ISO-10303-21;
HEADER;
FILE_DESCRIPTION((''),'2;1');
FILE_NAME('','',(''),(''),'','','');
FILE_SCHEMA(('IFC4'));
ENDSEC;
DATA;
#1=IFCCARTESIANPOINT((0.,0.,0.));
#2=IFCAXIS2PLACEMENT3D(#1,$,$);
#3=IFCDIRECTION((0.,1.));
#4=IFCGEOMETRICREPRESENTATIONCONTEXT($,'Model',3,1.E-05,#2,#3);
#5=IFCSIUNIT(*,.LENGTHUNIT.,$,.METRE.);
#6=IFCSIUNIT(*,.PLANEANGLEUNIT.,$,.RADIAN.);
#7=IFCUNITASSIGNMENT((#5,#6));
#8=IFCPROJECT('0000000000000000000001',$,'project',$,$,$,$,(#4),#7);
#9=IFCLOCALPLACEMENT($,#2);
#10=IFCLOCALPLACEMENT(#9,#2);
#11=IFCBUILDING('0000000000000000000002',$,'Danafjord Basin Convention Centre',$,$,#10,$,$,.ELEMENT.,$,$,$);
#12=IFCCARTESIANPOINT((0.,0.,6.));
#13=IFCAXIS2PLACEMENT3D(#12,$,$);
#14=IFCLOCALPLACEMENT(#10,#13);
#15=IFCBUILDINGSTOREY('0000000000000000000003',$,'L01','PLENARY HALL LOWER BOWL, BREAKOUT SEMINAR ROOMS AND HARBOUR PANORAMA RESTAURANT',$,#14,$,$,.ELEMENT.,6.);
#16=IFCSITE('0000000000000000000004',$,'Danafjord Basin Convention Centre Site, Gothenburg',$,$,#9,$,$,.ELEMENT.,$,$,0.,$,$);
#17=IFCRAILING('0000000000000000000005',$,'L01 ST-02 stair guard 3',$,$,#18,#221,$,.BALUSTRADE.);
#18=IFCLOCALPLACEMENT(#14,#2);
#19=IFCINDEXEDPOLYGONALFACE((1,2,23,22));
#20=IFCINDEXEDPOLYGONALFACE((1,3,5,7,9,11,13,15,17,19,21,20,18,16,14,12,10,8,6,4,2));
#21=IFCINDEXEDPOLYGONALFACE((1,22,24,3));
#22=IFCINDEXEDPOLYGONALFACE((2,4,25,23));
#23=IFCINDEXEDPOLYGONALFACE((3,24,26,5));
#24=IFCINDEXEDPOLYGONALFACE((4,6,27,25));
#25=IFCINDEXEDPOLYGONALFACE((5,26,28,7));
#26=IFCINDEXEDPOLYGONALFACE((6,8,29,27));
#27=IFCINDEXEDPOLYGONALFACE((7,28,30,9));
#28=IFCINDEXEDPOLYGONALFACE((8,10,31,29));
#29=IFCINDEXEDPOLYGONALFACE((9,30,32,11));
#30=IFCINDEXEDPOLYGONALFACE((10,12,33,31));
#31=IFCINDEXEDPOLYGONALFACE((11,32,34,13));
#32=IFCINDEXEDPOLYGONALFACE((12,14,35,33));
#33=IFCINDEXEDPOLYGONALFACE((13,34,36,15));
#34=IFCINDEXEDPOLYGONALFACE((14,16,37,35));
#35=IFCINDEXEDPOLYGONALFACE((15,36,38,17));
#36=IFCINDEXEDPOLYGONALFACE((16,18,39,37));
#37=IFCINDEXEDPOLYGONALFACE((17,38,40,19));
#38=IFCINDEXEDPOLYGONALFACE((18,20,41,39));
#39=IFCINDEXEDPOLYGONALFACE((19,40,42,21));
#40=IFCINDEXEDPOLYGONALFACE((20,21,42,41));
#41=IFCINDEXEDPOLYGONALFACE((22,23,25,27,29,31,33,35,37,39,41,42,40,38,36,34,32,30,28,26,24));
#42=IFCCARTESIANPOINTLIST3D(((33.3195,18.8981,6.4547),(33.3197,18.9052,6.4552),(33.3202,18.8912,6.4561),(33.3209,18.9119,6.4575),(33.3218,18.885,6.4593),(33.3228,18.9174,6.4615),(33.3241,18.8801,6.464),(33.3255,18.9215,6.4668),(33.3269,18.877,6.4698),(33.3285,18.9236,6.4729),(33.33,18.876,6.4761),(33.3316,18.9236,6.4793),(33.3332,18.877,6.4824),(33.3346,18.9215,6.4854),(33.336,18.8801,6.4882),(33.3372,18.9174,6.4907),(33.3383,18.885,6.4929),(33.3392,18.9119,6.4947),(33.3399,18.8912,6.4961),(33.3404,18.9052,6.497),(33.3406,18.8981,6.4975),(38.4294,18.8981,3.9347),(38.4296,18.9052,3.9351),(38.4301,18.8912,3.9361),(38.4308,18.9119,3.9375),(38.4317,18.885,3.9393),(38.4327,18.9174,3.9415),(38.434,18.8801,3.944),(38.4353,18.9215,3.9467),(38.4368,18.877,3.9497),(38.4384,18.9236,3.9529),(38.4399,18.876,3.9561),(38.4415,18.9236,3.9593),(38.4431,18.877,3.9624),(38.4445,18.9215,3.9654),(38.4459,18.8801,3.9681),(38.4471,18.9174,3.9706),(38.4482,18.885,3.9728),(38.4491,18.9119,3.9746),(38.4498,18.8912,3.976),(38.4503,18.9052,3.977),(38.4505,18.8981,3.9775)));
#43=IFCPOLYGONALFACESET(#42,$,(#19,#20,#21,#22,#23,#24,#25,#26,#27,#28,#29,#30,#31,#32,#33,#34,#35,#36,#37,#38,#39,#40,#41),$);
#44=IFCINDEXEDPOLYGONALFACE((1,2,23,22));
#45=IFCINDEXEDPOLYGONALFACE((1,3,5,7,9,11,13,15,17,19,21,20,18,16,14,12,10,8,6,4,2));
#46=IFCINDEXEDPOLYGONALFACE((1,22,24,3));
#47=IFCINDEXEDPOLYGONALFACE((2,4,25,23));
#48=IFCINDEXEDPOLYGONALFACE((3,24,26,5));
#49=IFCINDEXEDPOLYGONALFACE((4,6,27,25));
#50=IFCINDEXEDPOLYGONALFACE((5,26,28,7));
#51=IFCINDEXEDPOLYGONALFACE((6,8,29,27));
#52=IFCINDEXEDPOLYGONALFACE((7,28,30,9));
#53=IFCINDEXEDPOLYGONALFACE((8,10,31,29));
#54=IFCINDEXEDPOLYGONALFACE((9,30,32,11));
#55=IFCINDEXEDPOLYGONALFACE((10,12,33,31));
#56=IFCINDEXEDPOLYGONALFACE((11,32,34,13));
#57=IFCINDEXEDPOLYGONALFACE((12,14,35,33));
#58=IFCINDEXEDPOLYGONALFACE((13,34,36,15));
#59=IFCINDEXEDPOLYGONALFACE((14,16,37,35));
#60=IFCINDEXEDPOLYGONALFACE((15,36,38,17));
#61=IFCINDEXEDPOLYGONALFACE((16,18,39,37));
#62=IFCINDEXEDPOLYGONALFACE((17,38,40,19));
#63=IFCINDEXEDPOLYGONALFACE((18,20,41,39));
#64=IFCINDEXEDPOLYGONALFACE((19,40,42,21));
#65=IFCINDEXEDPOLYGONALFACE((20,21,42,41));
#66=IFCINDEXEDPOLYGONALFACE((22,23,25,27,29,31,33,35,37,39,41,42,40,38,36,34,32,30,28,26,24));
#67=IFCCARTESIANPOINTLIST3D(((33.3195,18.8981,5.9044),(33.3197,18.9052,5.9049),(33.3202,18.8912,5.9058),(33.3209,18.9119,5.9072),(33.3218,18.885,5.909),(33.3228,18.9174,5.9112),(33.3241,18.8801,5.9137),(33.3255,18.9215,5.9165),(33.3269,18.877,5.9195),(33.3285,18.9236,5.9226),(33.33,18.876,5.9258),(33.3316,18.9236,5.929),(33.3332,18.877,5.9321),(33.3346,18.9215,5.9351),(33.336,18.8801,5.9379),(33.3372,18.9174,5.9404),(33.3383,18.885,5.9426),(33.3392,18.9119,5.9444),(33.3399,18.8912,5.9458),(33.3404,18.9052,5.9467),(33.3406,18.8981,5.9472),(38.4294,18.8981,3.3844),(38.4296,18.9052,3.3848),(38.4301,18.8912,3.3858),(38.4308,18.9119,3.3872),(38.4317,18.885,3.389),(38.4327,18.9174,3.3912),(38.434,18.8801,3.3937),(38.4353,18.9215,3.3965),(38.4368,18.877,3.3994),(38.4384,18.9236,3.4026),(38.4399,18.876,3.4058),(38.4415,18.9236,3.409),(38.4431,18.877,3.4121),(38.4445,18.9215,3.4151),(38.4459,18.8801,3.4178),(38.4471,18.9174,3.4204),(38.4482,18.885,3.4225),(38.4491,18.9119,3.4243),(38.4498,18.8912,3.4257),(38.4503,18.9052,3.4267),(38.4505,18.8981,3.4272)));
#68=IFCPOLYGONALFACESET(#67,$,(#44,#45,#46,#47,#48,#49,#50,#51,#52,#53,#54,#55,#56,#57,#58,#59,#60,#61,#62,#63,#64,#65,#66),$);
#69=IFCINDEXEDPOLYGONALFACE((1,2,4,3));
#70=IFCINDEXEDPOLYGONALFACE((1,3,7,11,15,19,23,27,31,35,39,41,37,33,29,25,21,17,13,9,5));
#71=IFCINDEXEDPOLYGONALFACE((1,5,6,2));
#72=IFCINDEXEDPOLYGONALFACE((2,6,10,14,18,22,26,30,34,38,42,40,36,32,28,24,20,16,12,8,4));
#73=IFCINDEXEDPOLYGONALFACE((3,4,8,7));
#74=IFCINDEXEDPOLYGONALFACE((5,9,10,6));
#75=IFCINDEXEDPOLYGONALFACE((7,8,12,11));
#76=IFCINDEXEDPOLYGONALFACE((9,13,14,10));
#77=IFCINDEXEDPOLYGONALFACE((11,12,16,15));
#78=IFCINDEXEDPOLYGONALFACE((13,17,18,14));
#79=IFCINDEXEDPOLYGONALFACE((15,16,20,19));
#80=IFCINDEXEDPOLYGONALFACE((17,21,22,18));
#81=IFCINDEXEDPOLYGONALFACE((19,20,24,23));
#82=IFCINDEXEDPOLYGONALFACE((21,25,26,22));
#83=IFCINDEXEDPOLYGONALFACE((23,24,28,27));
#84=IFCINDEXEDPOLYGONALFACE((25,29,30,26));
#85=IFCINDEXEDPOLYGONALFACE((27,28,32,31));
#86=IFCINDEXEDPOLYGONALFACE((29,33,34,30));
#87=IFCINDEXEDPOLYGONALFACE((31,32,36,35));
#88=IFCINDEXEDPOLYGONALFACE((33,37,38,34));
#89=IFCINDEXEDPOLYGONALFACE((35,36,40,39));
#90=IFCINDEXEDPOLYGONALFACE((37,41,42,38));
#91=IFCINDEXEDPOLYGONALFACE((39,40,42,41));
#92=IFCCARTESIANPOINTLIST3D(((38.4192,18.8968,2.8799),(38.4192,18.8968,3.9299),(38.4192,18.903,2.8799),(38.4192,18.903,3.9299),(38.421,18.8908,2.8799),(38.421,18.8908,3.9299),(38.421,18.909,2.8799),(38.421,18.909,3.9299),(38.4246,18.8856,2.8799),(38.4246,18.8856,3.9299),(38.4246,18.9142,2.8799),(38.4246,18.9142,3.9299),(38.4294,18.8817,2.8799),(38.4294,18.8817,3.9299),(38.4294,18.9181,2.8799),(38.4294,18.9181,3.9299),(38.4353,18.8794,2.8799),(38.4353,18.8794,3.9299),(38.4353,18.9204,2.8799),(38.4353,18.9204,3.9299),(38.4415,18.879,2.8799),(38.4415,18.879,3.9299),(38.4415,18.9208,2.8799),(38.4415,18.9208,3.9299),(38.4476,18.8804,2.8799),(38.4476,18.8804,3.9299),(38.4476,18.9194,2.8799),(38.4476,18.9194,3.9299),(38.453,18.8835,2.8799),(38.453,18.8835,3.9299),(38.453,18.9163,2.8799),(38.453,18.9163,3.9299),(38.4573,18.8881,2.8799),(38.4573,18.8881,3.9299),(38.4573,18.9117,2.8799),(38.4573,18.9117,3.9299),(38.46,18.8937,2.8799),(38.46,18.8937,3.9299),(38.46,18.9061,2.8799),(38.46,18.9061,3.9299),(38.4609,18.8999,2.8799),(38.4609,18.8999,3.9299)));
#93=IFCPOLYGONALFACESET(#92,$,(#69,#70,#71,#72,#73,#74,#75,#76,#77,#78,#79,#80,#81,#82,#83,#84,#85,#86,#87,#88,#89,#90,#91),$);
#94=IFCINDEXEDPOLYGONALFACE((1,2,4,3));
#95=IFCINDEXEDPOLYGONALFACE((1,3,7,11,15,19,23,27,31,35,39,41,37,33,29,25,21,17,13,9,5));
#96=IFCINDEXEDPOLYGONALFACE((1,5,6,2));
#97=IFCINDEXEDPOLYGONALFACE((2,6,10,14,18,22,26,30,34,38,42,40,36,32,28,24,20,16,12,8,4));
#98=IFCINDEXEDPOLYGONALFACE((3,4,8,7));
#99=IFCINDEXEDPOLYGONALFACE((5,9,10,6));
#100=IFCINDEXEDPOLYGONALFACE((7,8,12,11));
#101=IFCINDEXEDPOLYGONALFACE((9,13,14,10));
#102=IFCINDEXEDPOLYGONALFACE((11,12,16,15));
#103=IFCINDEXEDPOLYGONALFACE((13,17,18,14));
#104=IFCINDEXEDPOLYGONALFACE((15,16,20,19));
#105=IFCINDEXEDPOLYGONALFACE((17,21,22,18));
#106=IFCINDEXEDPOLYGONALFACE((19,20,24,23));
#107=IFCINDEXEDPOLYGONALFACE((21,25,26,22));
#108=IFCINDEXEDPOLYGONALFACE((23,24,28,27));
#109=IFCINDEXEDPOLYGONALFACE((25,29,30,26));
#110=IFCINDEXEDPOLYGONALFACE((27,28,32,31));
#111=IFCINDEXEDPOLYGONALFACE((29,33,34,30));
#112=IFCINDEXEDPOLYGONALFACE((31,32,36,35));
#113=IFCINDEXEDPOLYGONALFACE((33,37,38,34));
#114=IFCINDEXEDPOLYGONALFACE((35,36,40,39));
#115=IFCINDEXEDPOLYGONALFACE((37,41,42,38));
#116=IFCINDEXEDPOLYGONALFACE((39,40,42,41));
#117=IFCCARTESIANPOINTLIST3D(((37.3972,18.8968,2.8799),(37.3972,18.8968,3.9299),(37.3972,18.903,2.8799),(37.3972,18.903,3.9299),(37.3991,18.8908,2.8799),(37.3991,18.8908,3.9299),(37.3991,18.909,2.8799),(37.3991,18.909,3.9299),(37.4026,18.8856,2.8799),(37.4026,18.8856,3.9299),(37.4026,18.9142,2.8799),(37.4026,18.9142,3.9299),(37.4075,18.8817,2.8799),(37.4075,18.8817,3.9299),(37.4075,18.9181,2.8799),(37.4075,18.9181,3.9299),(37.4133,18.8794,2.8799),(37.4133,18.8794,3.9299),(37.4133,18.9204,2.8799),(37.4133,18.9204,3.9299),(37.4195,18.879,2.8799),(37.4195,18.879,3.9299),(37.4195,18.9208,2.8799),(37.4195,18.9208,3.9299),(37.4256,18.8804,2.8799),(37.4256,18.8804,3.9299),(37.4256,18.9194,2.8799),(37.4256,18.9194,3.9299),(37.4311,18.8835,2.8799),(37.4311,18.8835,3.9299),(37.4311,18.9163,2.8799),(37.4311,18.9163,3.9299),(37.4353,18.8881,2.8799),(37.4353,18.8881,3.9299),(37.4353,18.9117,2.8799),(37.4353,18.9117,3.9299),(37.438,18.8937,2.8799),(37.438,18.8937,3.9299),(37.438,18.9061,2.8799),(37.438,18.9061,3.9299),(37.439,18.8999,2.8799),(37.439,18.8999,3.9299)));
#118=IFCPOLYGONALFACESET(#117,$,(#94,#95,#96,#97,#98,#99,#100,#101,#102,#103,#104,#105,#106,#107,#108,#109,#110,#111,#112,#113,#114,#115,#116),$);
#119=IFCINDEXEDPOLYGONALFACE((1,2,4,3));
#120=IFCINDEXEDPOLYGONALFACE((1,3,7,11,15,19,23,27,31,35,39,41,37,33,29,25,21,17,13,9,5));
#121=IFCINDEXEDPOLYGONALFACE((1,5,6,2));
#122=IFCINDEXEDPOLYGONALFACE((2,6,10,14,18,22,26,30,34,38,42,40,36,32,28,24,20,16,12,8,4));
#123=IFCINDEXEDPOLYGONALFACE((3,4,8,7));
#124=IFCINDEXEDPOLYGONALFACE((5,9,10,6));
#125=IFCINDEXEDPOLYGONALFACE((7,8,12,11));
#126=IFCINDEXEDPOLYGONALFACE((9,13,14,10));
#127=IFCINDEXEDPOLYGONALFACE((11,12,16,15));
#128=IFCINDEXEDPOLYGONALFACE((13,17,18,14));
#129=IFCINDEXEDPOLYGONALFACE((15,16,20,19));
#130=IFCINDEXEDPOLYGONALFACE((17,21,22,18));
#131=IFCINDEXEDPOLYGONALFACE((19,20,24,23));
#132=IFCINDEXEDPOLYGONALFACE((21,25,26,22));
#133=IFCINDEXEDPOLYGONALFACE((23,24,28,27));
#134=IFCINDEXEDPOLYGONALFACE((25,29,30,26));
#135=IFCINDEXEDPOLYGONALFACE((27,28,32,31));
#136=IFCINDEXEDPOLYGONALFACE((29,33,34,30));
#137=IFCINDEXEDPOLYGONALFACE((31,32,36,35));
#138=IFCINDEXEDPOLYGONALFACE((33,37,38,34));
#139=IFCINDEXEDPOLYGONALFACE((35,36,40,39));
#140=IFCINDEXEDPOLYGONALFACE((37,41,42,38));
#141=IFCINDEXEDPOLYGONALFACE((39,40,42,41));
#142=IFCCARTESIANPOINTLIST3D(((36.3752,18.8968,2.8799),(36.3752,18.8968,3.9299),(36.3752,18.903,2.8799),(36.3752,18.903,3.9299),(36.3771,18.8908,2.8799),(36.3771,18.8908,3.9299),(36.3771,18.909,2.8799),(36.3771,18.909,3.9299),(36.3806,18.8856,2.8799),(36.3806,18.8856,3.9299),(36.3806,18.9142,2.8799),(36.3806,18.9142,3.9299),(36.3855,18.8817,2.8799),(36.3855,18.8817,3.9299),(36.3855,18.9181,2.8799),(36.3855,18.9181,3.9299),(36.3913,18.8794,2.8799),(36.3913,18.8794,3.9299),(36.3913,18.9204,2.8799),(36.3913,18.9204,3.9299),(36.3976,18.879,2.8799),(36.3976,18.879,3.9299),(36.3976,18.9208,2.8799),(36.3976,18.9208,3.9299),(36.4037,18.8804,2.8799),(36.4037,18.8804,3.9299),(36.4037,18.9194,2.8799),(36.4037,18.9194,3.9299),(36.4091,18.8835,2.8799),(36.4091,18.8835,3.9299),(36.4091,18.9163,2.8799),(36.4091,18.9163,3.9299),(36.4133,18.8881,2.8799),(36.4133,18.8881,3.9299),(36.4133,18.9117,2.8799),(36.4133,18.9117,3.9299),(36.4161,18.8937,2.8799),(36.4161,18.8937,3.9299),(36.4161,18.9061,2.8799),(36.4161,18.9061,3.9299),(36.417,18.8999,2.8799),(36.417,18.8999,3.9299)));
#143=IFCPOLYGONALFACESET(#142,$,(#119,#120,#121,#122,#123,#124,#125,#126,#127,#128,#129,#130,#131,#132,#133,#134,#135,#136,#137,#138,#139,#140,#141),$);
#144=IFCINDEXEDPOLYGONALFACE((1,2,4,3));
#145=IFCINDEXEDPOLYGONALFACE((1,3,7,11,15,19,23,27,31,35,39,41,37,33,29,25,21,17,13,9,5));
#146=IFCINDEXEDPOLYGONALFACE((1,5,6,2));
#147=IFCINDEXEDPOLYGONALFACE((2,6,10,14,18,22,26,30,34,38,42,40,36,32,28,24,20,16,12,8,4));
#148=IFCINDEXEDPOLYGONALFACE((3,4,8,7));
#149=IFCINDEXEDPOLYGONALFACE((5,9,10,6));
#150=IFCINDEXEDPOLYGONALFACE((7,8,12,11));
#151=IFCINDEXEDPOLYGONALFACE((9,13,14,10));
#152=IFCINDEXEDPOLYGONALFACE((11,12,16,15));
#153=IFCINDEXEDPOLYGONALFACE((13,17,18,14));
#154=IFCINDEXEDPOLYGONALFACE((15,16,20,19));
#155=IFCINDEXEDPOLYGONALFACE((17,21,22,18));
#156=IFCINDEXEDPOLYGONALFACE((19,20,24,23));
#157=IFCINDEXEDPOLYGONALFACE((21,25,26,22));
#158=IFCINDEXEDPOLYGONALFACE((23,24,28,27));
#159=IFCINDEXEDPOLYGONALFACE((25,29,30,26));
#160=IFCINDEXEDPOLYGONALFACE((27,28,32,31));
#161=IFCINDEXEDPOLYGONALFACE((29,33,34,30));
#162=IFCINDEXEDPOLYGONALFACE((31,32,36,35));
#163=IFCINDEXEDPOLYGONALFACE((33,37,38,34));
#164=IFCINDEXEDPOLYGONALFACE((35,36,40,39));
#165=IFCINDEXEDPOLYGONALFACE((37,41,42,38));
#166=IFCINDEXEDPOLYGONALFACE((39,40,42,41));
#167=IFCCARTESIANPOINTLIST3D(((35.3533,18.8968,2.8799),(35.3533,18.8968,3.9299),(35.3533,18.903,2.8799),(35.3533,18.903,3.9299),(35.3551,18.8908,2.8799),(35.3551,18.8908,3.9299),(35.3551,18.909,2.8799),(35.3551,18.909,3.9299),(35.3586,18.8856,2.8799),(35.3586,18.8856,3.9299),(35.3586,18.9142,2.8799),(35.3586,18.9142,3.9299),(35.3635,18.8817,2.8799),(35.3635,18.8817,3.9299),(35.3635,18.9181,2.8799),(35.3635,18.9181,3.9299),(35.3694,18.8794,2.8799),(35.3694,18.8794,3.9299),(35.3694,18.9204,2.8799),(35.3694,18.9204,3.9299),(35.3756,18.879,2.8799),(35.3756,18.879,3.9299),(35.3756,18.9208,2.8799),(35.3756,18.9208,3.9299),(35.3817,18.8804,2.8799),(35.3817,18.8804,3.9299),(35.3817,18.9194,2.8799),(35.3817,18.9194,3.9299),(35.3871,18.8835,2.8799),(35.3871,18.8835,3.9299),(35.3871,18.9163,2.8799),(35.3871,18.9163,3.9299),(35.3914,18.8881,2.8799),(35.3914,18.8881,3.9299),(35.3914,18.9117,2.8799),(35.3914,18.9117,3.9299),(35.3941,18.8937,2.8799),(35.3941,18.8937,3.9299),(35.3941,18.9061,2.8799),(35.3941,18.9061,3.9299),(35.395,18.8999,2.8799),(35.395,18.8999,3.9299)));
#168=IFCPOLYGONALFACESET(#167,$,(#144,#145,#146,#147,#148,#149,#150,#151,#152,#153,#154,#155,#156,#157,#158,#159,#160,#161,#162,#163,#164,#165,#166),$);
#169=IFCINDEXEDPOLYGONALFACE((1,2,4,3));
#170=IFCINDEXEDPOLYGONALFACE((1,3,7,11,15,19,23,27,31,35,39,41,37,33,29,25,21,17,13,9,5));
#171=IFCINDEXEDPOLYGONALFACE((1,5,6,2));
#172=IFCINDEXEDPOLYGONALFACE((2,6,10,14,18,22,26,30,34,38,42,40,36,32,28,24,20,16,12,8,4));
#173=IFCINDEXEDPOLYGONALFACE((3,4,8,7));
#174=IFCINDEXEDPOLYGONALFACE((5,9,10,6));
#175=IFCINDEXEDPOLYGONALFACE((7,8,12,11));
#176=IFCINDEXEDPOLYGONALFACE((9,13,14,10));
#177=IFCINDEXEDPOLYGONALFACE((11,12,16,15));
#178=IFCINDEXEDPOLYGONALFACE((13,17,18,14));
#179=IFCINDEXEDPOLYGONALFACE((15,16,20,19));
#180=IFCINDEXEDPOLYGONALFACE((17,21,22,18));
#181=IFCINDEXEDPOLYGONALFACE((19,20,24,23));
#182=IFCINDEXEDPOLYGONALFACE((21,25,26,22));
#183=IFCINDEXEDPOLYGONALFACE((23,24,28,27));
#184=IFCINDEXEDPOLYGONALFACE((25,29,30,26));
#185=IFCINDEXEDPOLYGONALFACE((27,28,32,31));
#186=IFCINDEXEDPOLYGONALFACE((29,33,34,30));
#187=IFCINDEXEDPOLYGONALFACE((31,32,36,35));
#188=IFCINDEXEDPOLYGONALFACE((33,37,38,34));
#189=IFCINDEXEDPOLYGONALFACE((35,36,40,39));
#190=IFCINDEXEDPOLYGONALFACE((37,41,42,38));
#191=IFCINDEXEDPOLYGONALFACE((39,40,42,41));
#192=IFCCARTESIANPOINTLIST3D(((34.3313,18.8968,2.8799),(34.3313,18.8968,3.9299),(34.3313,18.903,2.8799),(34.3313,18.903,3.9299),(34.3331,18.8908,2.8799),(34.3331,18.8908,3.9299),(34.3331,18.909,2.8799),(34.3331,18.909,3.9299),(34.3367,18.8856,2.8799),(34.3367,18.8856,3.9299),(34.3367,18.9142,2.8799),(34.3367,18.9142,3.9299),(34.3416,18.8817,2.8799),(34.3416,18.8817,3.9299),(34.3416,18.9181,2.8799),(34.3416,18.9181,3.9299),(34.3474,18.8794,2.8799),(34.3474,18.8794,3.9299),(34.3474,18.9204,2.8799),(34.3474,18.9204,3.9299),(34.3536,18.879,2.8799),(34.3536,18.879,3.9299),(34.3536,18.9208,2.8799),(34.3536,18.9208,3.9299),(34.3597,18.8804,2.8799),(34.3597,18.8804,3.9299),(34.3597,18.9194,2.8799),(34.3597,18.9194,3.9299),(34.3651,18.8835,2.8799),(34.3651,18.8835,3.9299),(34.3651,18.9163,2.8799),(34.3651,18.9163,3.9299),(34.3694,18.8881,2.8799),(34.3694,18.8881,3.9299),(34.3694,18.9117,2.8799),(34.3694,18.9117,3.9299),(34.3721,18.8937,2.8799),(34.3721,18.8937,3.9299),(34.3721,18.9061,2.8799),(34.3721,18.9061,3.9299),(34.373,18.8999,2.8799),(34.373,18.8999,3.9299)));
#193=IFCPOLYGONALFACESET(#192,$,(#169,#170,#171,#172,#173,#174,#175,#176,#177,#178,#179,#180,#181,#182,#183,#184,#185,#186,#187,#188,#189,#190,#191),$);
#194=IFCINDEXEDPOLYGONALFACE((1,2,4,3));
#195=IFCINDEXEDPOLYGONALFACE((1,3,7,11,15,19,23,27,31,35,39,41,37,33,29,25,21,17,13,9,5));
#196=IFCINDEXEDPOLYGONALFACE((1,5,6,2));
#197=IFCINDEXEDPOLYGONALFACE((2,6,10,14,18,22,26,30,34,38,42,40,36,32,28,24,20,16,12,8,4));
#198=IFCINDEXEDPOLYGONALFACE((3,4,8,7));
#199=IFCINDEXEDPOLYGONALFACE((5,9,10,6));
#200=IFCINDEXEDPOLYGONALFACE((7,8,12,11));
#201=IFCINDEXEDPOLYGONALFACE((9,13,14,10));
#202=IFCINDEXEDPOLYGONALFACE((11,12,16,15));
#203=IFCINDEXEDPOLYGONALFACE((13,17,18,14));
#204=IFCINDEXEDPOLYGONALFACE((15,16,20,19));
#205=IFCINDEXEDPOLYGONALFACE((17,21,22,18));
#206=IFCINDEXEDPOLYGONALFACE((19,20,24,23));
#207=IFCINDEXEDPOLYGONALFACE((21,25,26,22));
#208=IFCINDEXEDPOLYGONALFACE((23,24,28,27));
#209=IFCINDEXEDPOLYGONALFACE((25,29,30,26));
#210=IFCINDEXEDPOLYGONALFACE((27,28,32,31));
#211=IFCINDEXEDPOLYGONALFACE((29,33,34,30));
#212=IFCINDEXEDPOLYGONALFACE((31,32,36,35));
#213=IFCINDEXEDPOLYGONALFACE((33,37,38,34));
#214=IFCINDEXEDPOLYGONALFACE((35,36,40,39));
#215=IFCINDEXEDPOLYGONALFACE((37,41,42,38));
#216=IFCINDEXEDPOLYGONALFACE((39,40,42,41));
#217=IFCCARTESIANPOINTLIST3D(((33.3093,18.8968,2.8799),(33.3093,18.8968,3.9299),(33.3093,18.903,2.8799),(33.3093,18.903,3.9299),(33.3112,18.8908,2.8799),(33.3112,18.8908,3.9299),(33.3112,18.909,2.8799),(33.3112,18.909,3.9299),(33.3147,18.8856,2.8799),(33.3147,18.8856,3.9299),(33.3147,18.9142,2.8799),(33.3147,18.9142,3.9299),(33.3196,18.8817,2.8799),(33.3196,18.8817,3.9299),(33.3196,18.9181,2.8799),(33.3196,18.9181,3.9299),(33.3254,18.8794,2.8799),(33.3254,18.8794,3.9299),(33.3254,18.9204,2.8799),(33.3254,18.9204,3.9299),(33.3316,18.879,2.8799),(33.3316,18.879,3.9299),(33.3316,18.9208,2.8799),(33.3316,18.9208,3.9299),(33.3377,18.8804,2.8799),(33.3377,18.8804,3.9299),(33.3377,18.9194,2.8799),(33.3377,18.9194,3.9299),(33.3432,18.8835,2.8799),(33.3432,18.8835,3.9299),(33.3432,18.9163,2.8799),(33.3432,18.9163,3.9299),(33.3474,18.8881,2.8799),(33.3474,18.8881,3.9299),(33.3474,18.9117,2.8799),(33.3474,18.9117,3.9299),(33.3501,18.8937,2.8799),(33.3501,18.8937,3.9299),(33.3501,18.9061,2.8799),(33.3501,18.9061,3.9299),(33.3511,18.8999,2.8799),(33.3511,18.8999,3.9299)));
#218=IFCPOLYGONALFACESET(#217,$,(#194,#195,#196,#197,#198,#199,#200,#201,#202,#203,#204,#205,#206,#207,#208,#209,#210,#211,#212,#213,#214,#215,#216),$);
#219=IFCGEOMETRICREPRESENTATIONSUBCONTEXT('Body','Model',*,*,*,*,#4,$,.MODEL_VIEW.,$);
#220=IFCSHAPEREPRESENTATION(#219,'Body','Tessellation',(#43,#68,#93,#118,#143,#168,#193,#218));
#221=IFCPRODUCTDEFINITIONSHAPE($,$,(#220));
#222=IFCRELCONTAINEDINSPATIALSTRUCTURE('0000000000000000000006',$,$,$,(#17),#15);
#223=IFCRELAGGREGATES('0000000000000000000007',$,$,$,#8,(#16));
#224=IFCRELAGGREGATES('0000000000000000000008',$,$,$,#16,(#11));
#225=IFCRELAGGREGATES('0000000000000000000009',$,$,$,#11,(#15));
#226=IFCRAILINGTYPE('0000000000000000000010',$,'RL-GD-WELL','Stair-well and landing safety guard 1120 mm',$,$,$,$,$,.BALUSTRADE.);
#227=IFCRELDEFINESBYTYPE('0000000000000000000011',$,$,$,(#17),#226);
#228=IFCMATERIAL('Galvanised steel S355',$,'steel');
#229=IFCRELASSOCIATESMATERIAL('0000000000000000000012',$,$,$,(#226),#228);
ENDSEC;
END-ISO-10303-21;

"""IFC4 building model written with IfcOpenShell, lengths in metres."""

from ifc_helpers import new_model, si_unit, direction, frame, origin, origin_2d, place, context, subcontext, project, spatial, circle, extrude, material, type_object, element, save


model = new_model("IFC4")

# Units and contexts
model_context = context("Model", 3, precision=1e-05, world=origin(), true_north=direction((0.0, 1.0)))
body_context = subcontext(model_context, "Body", "Model", "MODEL_VIEW")
ifc_project = project(units=[si_unit("LENGTHUNIT", "METRE"), si_unit("PLANEANGLEUNIT", "RADIAN")], contexts=[model_context])

# Site, building, storey
site_placement = place(None, origin())
site = spatial("IfcSite", under=ifc_project, at=site_placement, Name="Danafjord Basin Convention Centre Site, Gothenburg", CompositionType="ELEMENT", RefElevation=0.0)
building_placement = place(site_placement, origin())
building = spatial("IfcBuilding", under=site, at=building_placement, Name="Danafjord Basin Convention Centre", CompositionType="ELEMENT")
storey_placement = place(building_placement, frame((0.0, 0.0, 6.0)))
storey = spatial("IfcBuildingStorey", under=building, at=storey_placement, Name="L01", Description="PLENARY HALL LOWER BOWL, BREAKOUT SEMINAR ROOMS AND HARBOUR PANORAMA RESTAURANT", CompositionType="ELEMENT", Elevation=6.0)

# Railing
ifc_material_1 = material(Name="Galvanised steel S355", Category="steel")
railing_type_1 = type_object("IfcRailingType", Name="RL-GD-WELL", Description="Stair-well and landing safety guard 1120 mm", PredefinedType="BALUSTRADE", material=ifc_material_1)
railing_1_placement = place(storey_placement, frame((38.4399, 18.8999, 2.8799)))
element("IfcRailing", 1, at=railing_1_placement, inside=storey, type_object=railing_type_1, Name="L01 ST-02 stair guard 3", PredefinedType="BALUSTRADE", context=body_context, shape_type="SweptSolid", body=[
    extrude(circle(Radius=0.0239, at=origin_2d()), frame((0.0, 0.0, 1.0762), z_axis=(-0.896865, 0.0, 0.442305), x_axis=(0.0, -1.0, 0.0)), (0.0, 0.0, 1.0), 5.6975),
    extrude(circle(Radius=0.0239, at=origin_2d()), frame((0.0, 0.0, 0.5259), z_axis=(-0.896865, 0.0, 0.442305), x_axis=(0.0, -1.0, 0.0)), (0.0, 0.0, 1.0), 5.6975),
    extrude(circle(Radius=0.021, at=origin_2d()), origin(), (0.0, 0.0, 1.0), 1.05),
    extrude(circle(Radius=0.021, at=origin_2d()), frame((-1.022, 0.0, 0.0)), (0.0, 0.0, 1.0), 1.05),
    extrude(circle(Radius=0.021, at=origin_2d()), frame((-2.0439, 0.0, 0.0)), (0.0, 0.0, 1.0), 1.05),
    extrude(circle(Radius=0.021, at=origin_2d()), frame((-3.0659, 0.0, 0.0)), (0.0, 0.0, 1.0), 1.05),
    extrude(circle(Radius=0.021, at=origin_2d()), frame((-4.0879, 0.0, 0.0)), (0.0, 0.0, 1.0), 1.05),
    extrude(circle(Radius=0.021, at=origin_2d()), frame((-5.1099, 0.0, 0.0)), (0.0, 0.0, 1.0), 1.05),
])

save(model, "model.ifc")
